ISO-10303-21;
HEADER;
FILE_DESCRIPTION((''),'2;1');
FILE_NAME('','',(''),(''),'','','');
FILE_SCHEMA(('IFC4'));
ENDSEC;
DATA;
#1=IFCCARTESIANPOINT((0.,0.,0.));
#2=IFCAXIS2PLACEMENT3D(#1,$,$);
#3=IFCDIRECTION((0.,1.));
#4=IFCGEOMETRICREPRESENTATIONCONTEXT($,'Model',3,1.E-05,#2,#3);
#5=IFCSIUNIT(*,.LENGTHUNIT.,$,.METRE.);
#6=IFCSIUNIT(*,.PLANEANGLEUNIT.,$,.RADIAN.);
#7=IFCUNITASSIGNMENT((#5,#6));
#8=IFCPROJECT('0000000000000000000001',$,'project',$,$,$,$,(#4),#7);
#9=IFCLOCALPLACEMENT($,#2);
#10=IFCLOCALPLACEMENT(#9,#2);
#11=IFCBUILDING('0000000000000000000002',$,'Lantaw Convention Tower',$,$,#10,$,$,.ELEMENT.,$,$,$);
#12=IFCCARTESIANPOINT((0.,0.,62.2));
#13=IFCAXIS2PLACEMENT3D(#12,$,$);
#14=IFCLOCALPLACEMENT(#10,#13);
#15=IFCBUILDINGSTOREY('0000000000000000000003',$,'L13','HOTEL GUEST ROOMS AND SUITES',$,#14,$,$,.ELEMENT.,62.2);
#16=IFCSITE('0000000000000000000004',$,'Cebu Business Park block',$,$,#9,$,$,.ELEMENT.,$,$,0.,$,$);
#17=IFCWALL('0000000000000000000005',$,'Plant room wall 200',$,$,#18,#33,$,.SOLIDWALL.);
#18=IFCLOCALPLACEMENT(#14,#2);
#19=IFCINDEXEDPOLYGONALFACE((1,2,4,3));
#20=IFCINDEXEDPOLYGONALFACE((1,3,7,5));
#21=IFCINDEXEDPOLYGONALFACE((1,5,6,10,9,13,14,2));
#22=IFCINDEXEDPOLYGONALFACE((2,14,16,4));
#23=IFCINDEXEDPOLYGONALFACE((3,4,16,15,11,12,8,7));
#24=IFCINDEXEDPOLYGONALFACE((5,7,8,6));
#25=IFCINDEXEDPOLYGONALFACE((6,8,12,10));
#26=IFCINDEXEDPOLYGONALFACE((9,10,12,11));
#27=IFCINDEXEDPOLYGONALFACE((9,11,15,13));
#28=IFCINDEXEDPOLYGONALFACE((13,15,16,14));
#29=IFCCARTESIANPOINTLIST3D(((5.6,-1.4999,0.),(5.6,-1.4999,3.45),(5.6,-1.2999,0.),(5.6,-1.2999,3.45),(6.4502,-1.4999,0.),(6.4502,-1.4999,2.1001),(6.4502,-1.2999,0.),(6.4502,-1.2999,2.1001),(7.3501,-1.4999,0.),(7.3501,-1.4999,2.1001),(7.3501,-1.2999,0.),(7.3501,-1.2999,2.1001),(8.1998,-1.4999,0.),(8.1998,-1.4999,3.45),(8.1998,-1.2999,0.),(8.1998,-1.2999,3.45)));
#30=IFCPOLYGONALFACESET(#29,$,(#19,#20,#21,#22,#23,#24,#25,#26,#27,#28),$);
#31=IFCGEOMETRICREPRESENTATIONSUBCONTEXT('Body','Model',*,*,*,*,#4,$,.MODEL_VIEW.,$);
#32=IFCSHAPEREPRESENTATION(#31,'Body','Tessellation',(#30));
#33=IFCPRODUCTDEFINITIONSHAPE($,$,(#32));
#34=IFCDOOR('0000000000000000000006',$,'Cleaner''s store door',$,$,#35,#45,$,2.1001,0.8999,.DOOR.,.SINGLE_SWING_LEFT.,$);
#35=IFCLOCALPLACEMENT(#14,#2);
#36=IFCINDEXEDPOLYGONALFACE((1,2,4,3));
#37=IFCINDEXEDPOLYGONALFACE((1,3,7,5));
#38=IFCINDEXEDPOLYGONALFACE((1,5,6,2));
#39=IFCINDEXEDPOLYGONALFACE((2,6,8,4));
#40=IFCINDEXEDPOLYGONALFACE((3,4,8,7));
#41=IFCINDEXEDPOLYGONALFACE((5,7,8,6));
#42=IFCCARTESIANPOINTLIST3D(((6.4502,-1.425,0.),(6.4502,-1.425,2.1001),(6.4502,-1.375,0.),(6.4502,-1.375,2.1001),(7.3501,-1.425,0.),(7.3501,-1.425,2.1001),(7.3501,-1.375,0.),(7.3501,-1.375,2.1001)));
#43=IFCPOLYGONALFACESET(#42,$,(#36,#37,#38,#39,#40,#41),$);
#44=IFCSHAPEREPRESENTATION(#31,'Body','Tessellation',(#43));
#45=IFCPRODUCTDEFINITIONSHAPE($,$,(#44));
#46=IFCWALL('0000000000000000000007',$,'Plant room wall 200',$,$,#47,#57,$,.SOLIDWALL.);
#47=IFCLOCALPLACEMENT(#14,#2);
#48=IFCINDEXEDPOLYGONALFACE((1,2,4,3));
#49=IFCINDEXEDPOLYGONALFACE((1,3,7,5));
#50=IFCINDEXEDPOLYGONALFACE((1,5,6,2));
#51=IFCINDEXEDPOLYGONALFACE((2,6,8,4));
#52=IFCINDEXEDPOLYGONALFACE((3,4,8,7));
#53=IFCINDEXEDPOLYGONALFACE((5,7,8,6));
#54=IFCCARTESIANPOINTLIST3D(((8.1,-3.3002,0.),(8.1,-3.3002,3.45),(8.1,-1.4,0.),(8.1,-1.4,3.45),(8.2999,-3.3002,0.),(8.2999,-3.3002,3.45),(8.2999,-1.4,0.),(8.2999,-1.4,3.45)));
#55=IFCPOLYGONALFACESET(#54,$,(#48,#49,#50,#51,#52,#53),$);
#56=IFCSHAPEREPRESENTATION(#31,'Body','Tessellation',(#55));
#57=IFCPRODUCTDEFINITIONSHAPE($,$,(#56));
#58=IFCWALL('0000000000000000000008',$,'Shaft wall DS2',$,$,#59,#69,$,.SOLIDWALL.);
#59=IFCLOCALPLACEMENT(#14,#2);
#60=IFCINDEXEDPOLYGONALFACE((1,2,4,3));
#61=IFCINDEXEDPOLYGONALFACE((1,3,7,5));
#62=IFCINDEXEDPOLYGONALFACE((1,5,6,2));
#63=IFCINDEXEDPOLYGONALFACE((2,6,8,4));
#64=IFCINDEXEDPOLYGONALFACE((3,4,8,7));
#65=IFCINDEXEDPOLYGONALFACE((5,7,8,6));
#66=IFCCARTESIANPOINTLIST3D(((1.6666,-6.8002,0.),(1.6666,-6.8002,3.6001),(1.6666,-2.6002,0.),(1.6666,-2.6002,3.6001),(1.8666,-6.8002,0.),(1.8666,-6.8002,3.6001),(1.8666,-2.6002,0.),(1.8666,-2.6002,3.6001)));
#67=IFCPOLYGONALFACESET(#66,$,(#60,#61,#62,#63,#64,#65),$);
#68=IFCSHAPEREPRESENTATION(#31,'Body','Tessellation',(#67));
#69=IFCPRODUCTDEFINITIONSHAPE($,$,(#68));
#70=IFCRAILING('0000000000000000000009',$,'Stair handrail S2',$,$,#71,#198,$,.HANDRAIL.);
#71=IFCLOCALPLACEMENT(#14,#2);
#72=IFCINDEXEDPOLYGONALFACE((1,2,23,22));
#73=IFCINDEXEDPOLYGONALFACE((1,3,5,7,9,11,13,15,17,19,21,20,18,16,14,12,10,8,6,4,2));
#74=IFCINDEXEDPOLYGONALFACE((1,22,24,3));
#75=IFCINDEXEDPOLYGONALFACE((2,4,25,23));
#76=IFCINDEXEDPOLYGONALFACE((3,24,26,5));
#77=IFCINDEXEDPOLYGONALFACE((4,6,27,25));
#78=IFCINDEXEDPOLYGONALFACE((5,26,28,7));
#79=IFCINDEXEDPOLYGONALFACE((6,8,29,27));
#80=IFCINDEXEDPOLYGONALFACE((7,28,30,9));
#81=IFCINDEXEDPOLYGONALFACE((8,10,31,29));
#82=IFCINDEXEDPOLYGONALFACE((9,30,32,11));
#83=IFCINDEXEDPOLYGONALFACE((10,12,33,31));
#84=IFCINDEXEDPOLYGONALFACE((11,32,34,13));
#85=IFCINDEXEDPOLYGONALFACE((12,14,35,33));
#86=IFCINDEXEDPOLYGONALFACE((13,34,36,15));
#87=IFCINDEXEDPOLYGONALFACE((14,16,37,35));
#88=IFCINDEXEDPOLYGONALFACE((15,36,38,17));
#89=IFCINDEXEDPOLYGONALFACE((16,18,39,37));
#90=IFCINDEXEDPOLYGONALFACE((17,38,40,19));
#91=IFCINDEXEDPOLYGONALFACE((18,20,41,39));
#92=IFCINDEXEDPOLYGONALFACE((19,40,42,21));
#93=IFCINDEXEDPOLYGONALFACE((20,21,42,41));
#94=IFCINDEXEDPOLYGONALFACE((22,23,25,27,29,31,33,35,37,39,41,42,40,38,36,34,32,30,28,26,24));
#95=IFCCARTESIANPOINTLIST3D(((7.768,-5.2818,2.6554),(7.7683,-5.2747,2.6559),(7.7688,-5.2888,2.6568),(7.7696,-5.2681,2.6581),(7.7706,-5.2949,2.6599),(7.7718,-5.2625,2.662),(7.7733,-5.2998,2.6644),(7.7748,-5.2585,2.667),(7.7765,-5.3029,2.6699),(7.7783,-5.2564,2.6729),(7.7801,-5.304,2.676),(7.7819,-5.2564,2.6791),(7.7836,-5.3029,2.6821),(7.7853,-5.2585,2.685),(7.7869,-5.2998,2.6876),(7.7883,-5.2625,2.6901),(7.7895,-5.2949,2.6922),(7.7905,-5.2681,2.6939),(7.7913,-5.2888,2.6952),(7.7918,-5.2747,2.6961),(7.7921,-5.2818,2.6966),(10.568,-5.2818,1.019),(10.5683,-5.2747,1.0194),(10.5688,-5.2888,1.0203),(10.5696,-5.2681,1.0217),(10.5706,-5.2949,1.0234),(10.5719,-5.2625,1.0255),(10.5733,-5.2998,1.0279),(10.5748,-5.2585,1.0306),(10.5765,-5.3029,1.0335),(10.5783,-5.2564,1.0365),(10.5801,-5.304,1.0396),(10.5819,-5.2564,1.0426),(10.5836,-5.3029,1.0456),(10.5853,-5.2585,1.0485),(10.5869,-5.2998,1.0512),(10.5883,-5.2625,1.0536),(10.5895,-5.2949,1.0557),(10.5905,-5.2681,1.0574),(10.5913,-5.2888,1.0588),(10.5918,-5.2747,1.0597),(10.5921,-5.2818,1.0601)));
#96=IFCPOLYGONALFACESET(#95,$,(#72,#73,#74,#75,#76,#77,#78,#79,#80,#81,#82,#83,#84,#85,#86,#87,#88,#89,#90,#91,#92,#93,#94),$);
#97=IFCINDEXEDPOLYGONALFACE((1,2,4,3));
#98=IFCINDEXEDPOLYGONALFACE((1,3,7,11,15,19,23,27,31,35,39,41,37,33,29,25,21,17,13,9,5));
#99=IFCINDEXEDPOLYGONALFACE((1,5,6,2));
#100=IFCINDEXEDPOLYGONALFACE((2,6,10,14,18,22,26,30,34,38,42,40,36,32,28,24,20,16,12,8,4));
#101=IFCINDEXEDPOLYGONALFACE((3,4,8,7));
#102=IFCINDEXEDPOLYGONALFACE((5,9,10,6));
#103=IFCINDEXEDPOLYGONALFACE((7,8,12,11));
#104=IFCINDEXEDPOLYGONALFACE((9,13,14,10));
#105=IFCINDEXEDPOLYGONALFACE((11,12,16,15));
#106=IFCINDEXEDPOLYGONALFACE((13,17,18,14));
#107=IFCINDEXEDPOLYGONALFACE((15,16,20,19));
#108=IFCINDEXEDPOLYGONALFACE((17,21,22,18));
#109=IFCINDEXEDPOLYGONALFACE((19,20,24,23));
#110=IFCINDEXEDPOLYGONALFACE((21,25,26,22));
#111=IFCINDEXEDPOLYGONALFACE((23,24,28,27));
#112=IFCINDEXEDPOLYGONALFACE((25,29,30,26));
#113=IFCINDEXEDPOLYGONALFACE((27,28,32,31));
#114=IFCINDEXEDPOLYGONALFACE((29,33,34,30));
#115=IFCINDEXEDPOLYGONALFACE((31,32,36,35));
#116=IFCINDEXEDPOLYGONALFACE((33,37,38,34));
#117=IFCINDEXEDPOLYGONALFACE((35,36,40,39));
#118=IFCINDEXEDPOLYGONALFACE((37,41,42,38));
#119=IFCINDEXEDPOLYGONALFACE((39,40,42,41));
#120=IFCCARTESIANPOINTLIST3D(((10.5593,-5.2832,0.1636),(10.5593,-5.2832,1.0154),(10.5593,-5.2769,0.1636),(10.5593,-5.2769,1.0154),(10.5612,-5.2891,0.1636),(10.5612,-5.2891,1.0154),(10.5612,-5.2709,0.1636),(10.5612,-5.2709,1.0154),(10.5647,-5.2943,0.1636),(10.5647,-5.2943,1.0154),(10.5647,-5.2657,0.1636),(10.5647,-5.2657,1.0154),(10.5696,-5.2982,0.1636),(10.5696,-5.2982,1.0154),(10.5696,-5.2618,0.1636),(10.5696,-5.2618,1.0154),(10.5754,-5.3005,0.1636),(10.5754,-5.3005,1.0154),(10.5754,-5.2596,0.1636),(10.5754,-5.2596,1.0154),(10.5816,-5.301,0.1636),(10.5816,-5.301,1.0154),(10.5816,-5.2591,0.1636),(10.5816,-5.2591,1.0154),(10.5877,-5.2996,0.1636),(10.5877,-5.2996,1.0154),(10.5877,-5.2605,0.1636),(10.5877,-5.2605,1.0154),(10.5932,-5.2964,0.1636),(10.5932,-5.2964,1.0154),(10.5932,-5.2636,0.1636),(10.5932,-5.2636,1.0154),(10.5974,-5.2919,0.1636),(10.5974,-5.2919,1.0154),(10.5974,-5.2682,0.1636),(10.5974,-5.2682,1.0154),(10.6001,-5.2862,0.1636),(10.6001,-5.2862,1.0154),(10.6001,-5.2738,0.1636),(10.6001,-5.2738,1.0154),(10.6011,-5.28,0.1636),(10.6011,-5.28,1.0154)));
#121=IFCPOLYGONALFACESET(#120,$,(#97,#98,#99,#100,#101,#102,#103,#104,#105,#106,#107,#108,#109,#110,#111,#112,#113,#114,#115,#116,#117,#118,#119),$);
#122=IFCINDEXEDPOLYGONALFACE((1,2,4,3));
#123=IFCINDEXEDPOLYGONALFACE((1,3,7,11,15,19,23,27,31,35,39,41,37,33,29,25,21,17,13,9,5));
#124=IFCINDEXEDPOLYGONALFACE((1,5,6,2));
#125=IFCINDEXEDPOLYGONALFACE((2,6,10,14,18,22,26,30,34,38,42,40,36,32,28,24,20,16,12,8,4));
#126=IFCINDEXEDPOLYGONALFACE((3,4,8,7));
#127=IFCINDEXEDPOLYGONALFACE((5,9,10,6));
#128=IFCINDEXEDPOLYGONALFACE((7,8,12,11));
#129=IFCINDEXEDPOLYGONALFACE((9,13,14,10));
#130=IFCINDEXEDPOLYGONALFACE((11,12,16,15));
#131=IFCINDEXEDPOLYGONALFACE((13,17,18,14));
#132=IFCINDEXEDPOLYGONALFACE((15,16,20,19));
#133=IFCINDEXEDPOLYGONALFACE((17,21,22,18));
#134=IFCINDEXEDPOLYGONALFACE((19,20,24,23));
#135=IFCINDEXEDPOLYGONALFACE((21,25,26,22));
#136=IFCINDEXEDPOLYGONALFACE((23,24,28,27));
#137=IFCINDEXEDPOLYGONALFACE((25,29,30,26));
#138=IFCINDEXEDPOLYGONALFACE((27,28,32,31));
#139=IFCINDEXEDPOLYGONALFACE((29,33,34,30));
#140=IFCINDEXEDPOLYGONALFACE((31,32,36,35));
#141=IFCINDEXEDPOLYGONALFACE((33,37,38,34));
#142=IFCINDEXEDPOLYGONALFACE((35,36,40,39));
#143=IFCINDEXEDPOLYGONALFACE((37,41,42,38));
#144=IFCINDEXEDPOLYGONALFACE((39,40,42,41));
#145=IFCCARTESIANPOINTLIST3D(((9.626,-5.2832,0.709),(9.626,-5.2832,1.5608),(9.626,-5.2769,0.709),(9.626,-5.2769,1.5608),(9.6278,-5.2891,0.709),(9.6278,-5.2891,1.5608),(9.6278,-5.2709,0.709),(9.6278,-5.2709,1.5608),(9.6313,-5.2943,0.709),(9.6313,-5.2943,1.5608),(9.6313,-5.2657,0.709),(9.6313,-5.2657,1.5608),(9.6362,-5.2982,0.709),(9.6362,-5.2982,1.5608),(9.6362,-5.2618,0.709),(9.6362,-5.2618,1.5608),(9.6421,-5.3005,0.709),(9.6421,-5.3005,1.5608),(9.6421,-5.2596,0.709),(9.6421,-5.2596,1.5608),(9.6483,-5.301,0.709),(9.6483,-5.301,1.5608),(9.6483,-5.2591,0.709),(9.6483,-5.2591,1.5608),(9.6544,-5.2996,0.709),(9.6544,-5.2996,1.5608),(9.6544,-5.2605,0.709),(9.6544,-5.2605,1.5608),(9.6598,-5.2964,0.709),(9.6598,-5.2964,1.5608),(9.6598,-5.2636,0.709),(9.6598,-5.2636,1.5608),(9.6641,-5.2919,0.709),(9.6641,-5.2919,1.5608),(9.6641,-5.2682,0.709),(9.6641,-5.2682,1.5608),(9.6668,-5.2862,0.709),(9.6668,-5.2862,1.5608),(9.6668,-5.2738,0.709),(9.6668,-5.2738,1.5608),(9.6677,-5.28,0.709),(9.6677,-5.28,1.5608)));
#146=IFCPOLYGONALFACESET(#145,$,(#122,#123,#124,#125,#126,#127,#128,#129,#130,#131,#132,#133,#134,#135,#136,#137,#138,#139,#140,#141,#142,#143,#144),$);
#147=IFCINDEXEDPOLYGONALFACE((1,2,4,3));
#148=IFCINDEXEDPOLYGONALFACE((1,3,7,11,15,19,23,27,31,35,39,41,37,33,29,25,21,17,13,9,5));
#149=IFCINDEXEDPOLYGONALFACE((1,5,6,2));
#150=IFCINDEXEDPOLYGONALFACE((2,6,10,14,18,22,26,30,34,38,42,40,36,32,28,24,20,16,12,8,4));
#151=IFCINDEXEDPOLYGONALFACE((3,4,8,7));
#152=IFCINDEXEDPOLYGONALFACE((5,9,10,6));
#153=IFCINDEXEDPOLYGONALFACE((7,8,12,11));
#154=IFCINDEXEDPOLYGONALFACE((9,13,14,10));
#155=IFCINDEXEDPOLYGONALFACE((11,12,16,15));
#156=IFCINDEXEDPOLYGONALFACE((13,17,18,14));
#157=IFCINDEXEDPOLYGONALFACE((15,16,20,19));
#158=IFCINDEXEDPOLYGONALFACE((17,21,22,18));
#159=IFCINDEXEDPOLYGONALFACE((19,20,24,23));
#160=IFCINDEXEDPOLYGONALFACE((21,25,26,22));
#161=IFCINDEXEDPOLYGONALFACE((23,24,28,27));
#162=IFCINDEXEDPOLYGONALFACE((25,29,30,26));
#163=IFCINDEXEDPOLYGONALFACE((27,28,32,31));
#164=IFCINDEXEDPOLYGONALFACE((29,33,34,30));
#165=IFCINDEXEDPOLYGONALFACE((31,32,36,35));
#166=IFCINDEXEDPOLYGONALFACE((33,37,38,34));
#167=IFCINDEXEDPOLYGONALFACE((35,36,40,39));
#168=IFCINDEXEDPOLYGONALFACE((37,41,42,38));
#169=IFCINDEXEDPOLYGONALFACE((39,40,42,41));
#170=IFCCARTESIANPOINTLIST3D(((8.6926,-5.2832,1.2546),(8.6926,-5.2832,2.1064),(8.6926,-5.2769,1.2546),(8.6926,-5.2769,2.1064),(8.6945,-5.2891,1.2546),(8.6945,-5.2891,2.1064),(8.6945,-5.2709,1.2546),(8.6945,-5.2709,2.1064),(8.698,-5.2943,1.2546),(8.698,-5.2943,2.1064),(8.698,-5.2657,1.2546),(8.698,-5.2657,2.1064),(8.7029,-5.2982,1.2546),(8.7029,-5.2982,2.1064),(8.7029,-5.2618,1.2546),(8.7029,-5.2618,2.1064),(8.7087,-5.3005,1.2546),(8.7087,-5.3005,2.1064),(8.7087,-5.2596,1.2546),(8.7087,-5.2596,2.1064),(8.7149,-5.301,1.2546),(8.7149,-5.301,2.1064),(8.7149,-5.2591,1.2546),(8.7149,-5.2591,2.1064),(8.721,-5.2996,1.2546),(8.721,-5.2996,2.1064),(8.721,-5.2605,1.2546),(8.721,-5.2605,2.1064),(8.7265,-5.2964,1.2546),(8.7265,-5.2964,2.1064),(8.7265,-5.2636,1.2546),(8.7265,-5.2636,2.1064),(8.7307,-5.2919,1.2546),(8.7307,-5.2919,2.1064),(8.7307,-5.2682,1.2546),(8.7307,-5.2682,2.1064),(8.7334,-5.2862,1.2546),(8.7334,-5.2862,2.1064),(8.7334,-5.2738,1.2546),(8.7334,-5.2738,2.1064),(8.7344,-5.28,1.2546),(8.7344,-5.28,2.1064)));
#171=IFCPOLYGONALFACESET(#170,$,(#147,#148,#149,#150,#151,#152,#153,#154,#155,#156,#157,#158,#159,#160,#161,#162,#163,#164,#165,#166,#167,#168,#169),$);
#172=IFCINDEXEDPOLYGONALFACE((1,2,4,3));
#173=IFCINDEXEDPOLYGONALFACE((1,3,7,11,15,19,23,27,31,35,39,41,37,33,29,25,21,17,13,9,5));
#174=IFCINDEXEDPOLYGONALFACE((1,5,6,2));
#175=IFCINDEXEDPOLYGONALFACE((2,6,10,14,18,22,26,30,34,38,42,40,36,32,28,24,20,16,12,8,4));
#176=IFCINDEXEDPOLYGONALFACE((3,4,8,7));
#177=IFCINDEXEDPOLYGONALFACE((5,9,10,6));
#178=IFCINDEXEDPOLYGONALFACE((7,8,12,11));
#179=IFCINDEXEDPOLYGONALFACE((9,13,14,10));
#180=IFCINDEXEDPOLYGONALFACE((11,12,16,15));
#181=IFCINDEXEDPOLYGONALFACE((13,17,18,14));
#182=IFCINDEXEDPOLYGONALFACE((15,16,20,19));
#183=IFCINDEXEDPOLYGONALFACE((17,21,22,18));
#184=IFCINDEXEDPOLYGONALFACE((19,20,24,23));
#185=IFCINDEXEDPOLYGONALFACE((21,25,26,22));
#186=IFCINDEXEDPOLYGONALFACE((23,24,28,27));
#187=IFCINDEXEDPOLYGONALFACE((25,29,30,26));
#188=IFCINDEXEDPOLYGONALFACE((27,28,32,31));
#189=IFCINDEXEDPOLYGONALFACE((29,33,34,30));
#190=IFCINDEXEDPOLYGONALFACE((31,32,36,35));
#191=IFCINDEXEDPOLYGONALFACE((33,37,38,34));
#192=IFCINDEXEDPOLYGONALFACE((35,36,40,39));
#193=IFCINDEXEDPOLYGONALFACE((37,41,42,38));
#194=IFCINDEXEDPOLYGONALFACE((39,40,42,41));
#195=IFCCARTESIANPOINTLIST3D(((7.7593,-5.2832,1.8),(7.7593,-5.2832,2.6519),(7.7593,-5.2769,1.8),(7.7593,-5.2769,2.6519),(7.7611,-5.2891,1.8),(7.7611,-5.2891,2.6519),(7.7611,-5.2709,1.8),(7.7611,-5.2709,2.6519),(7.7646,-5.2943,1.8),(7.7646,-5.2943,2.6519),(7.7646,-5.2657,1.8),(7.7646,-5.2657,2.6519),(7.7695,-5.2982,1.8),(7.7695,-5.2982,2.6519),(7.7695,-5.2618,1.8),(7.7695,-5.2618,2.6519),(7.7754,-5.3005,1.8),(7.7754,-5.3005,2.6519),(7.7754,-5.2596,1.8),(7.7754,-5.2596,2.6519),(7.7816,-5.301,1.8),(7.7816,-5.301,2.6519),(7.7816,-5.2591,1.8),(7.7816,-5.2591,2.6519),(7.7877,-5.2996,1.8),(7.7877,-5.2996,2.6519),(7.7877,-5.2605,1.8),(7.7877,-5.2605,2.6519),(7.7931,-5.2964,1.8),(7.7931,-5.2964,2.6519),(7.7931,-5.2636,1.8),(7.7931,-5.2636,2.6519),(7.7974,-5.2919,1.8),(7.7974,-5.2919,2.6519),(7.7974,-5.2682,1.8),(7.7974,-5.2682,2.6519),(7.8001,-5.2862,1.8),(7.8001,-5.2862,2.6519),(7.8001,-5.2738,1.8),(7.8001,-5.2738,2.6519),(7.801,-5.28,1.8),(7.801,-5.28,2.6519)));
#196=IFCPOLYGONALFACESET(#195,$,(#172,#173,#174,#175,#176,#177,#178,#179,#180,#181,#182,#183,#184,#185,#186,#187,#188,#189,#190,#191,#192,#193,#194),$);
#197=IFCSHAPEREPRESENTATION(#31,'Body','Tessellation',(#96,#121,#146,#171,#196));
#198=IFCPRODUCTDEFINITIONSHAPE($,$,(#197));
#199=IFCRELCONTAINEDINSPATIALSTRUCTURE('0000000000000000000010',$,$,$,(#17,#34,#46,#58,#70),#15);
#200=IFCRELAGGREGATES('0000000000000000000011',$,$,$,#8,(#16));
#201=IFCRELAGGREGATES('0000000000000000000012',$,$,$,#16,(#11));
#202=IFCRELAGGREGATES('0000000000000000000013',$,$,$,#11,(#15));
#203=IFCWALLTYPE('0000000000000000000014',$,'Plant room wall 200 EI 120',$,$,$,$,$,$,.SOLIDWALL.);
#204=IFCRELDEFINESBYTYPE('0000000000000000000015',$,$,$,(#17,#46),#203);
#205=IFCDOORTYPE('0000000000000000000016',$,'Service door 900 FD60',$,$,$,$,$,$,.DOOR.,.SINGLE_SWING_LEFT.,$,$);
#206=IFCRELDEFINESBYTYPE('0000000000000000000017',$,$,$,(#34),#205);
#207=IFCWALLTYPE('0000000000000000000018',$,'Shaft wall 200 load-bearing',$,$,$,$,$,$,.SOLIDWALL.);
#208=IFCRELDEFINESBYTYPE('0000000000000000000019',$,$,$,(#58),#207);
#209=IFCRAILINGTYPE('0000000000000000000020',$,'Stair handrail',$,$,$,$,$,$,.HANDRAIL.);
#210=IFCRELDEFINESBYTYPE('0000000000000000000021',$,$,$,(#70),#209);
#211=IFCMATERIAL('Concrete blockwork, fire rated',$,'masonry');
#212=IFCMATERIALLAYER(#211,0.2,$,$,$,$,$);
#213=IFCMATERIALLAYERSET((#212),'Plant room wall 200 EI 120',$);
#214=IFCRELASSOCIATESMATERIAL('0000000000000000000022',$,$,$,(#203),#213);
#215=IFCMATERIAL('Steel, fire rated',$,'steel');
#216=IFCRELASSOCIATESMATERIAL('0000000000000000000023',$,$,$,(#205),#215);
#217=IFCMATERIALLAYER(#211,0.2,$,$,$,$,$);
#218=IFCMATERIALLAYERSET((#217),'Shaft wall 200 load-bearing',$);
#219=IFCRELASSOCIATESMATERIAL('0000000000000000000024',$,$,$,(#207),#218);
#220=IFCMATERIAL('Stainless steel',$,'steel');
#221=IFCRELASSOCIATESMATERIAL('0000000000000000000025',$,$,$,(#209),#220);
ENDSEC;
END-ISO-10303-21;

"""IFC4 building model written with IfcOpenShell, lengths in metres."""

from ifc_helpers import new_model, si_unit, direction, frame, frame_2d, origin, origin_2d, place, context, subcontext, project, spatial, rectangle, circle, extrude, material, layer, layer_set, type_object, element, fill, save


model = new_model("IFC4")

# Units and contexts
model_context = context("Model", 3, precision=1e-05, world=origin(), true_north=direction((0.0, 1.0)))
body_context = subcontext(model_context, "Body", "Model", "MODEL_VIEW")
ifc_project = project(units=[si_unit("LENGTHUNIT", "METRE"), si_unit("PLANEANGLEUNIT", "RADIAN")], contexts=[model_context])

# Site, building, storey
site_placement = place(None, origin())
site = spatial("IfcSite", under=ifc_project, at=site_placement, Name="Cebu Business Park block", CompositionType="ELEMENT", RefElevation=0.0)
building_placement = place(site_placement, origin())
building = spatial("IfcBuilding", under=site, at=building_placement, Name="Lantaw Convention Tower", CompositionType="ELEMENT")
storey_placement = place(building_placement, frame((0.0, 0.0, 62.2)))
storey = spatial("IfcBuildingStorey", under=building, at=storey_placement, Name="L13", Description="HOTEL GUEST ROOMS AND SUITES", CompositionType="ELEMENT", Elevation=62.2)

# Wall, opening, door
ifc_material_1 = material(Name="Steel, fire rated", Category="steel")
ifc_material_2 = material(Name="Concrete blockwork, fire rated", Category="masonry")
ifc_layer_1 = layer(ifc_material_2, 0.2)
ifc_layer_set_1 = layer_set([ifc_layer_1], Name="Plant room wall 200 EI 120")
wall_type_1 = type_object("IfcWallType", Name="Plant room wall 200 EI 120", PredefinedType="SOLIDWALL", material=ifc_layer_set_1)
wall_1_placement = place(storey_placement, frame((5.6001, -1.3999, 0.0), z_axis=(0.0, 0.0, 1.0), x_axis=(1.0, 0.0, 0.0)))
wall_1 = element("IfcWall", 1, at=wall_1_placement, inside=storey, type_object=wall_type_1, Name="Plant room wall 200", PredefinedType="SOLIDWALL", context=body_context, shape_type="SweptSolid", body=[
    extrude(rectangle(XDim=2.5999, YDim=0.2, at=frame_2d((1.2998, 0.0))), origin(), (0.0, 0.0, 1.0), 3.45),
])
opening_1_placement = place(wall_1_placement, frame((0.8501, 0.0, 0.0)))
opening_1 = element("IfcOpeningElement", 2, at=opening_1_placement, cuts=wall_1, PredefinedType="OPENING", context=body_context, shape_type="SweptSolid", body=[
    extrude(rectangle(XDim=0.8999, YDim=2.1001, at=frame_2d((0.45, 1.05))), frame((0.0, 0.1099, 0.0), z_axis=(0.0, -1.0, 0.0), x_axis=(1.0, 0.0, 0.0)), (0.0, 0.0, 1.0), 0.22),
])
door_type_1 = type_object("IfcDoorType", Name="Service door 900 FD60", OperationType="SINGLE_SWING_LEFT", PredefinedType="DOOR", material=ifc_material_1)
door_1_placement = place(opening_1_placement, origin())
door_1 = element("IfcDoor", 3, at=door_1_placement, inside=storey, type_object=door_type_1, Name="Cleaner's store door", OperationType="SINGLE_SWING_LEFT", OverallHeight=2.1001, OverallWidth=0.8999, PredefinedType="DOOR", context=body_context, shape_type="SweptSolid", body=[
    extrude(rectangle(XDim=0.8999, YDim=2.1001, at=frame_2d((0.45, 1.05))), frame((0.0, 0.0249, 0.0), z_axis=(0.0, -1.0, 0.0), x_axis=(1.0, 0.0, 0.0)), (0.0, 0.0, 1.0), 0.05),
])
fill(opening_1, door_1)

# Walls
wall_2_placement = place(storey_placement, frame((8.2, -1.3999, 0.0), z_axis=(0.0, 0.0, 1.0), x_axis=(0.0, -1.0, 0.0)))
element("IfcWall", 4, at=wall_2_placement, inside=storey, type_object=wall_type_1, Name="Plant room wall 200", PredefinedType="SOLIDWALL", context=body_context, shape_type="SweptSolid", body=[
    extrude(rectangle(XDim=1.9001, YDim=0.2, at=frame_2d((0.9502, 0.0))), origin(), (0.0, 0.0, 1.0), 3.45),
])
ifc_layer_2 = layer(ifc_material_2, 0.2)
ifc_layer_set_2 = layer_set([ifc_layer_2], Name="Shaft wall 200 load-bearing")
wall_type_2 = type_object("IfcWallType", Name="Shaft wall 200 load-bearing", PredefinedType="SOLIDWALL", material=ifc_layer_set_2)
wall_3_placement = place(storey_placement, frame((1.7666, -2.6001, 0.0), z_axis=(0.0, 0.0, 1.0), x_axis=(0.0, -1.0, 0.0)))
element("IfcWall", 5, at=wall_3_placement, inside=storey, type_object=wall_type_2, Name="Shaft wall DS2", PredefinedType="SOLIDWALL", context=body_context, shape_type="SweptSolid", body=[
    extrude(rectangle(XDim=4.2, YDim=0.2, at=frame_2d((2.1001, 0.0))), origin(), (0.0, 0.0, 1.0), 3.6001),
])

# Railing
ifc_material_3 = material(Name="Stainless steel", Category="steel")
railing_type = type_object("IfcRailingType", Name="Stair handrail", PredefinedType="HANDRAIL", material=ifc_material_3)
railing_1_placement = place(storey_placement, frame((10.5801, -5.28, 0.1636)))
element("IfcRailing", 6, at=railing_1_placement, inside=storey, type_object=railing_type, Name="Stair handrail S2", PredefinedType="HANDRAIL", context=body_context, shape_type="SweptSolid", body=[
    extrude(circle(Radius=0.0239, at=origin_2d()), frame((0.0, 0.0, 0.876), z_axis=(-0.863361, 0.0, 0.504587), x_axis=(0.0, -1.0, 0.0)), (0.0, 0.0, 1.0), 3.2432),
    extrude(circle(Radius=0.021, at=origin_2d()), origin(), (0.0, 0.0, 1.0), 0.8518),
    extrude(circle(Radius=0.021, at=origin_2d()), frame((-0.9333, 0.0, 0.5454)), (0.0, 0.0, 1.0), 0.8518),
    extrude(circle(Radius=0.021, at=origin_2d()), frame((-1.8667, 0.0, 1.0911)), (0.0, 0.0, 1.0), 0.8518),
    extrude(circle(Radius=0.021, at=origin_2d()), frame((-2.8, 0.0, 1.6365)), (0.0, 0.0, 1.0), 0.8518),
])

save(model, "model.ifc")
